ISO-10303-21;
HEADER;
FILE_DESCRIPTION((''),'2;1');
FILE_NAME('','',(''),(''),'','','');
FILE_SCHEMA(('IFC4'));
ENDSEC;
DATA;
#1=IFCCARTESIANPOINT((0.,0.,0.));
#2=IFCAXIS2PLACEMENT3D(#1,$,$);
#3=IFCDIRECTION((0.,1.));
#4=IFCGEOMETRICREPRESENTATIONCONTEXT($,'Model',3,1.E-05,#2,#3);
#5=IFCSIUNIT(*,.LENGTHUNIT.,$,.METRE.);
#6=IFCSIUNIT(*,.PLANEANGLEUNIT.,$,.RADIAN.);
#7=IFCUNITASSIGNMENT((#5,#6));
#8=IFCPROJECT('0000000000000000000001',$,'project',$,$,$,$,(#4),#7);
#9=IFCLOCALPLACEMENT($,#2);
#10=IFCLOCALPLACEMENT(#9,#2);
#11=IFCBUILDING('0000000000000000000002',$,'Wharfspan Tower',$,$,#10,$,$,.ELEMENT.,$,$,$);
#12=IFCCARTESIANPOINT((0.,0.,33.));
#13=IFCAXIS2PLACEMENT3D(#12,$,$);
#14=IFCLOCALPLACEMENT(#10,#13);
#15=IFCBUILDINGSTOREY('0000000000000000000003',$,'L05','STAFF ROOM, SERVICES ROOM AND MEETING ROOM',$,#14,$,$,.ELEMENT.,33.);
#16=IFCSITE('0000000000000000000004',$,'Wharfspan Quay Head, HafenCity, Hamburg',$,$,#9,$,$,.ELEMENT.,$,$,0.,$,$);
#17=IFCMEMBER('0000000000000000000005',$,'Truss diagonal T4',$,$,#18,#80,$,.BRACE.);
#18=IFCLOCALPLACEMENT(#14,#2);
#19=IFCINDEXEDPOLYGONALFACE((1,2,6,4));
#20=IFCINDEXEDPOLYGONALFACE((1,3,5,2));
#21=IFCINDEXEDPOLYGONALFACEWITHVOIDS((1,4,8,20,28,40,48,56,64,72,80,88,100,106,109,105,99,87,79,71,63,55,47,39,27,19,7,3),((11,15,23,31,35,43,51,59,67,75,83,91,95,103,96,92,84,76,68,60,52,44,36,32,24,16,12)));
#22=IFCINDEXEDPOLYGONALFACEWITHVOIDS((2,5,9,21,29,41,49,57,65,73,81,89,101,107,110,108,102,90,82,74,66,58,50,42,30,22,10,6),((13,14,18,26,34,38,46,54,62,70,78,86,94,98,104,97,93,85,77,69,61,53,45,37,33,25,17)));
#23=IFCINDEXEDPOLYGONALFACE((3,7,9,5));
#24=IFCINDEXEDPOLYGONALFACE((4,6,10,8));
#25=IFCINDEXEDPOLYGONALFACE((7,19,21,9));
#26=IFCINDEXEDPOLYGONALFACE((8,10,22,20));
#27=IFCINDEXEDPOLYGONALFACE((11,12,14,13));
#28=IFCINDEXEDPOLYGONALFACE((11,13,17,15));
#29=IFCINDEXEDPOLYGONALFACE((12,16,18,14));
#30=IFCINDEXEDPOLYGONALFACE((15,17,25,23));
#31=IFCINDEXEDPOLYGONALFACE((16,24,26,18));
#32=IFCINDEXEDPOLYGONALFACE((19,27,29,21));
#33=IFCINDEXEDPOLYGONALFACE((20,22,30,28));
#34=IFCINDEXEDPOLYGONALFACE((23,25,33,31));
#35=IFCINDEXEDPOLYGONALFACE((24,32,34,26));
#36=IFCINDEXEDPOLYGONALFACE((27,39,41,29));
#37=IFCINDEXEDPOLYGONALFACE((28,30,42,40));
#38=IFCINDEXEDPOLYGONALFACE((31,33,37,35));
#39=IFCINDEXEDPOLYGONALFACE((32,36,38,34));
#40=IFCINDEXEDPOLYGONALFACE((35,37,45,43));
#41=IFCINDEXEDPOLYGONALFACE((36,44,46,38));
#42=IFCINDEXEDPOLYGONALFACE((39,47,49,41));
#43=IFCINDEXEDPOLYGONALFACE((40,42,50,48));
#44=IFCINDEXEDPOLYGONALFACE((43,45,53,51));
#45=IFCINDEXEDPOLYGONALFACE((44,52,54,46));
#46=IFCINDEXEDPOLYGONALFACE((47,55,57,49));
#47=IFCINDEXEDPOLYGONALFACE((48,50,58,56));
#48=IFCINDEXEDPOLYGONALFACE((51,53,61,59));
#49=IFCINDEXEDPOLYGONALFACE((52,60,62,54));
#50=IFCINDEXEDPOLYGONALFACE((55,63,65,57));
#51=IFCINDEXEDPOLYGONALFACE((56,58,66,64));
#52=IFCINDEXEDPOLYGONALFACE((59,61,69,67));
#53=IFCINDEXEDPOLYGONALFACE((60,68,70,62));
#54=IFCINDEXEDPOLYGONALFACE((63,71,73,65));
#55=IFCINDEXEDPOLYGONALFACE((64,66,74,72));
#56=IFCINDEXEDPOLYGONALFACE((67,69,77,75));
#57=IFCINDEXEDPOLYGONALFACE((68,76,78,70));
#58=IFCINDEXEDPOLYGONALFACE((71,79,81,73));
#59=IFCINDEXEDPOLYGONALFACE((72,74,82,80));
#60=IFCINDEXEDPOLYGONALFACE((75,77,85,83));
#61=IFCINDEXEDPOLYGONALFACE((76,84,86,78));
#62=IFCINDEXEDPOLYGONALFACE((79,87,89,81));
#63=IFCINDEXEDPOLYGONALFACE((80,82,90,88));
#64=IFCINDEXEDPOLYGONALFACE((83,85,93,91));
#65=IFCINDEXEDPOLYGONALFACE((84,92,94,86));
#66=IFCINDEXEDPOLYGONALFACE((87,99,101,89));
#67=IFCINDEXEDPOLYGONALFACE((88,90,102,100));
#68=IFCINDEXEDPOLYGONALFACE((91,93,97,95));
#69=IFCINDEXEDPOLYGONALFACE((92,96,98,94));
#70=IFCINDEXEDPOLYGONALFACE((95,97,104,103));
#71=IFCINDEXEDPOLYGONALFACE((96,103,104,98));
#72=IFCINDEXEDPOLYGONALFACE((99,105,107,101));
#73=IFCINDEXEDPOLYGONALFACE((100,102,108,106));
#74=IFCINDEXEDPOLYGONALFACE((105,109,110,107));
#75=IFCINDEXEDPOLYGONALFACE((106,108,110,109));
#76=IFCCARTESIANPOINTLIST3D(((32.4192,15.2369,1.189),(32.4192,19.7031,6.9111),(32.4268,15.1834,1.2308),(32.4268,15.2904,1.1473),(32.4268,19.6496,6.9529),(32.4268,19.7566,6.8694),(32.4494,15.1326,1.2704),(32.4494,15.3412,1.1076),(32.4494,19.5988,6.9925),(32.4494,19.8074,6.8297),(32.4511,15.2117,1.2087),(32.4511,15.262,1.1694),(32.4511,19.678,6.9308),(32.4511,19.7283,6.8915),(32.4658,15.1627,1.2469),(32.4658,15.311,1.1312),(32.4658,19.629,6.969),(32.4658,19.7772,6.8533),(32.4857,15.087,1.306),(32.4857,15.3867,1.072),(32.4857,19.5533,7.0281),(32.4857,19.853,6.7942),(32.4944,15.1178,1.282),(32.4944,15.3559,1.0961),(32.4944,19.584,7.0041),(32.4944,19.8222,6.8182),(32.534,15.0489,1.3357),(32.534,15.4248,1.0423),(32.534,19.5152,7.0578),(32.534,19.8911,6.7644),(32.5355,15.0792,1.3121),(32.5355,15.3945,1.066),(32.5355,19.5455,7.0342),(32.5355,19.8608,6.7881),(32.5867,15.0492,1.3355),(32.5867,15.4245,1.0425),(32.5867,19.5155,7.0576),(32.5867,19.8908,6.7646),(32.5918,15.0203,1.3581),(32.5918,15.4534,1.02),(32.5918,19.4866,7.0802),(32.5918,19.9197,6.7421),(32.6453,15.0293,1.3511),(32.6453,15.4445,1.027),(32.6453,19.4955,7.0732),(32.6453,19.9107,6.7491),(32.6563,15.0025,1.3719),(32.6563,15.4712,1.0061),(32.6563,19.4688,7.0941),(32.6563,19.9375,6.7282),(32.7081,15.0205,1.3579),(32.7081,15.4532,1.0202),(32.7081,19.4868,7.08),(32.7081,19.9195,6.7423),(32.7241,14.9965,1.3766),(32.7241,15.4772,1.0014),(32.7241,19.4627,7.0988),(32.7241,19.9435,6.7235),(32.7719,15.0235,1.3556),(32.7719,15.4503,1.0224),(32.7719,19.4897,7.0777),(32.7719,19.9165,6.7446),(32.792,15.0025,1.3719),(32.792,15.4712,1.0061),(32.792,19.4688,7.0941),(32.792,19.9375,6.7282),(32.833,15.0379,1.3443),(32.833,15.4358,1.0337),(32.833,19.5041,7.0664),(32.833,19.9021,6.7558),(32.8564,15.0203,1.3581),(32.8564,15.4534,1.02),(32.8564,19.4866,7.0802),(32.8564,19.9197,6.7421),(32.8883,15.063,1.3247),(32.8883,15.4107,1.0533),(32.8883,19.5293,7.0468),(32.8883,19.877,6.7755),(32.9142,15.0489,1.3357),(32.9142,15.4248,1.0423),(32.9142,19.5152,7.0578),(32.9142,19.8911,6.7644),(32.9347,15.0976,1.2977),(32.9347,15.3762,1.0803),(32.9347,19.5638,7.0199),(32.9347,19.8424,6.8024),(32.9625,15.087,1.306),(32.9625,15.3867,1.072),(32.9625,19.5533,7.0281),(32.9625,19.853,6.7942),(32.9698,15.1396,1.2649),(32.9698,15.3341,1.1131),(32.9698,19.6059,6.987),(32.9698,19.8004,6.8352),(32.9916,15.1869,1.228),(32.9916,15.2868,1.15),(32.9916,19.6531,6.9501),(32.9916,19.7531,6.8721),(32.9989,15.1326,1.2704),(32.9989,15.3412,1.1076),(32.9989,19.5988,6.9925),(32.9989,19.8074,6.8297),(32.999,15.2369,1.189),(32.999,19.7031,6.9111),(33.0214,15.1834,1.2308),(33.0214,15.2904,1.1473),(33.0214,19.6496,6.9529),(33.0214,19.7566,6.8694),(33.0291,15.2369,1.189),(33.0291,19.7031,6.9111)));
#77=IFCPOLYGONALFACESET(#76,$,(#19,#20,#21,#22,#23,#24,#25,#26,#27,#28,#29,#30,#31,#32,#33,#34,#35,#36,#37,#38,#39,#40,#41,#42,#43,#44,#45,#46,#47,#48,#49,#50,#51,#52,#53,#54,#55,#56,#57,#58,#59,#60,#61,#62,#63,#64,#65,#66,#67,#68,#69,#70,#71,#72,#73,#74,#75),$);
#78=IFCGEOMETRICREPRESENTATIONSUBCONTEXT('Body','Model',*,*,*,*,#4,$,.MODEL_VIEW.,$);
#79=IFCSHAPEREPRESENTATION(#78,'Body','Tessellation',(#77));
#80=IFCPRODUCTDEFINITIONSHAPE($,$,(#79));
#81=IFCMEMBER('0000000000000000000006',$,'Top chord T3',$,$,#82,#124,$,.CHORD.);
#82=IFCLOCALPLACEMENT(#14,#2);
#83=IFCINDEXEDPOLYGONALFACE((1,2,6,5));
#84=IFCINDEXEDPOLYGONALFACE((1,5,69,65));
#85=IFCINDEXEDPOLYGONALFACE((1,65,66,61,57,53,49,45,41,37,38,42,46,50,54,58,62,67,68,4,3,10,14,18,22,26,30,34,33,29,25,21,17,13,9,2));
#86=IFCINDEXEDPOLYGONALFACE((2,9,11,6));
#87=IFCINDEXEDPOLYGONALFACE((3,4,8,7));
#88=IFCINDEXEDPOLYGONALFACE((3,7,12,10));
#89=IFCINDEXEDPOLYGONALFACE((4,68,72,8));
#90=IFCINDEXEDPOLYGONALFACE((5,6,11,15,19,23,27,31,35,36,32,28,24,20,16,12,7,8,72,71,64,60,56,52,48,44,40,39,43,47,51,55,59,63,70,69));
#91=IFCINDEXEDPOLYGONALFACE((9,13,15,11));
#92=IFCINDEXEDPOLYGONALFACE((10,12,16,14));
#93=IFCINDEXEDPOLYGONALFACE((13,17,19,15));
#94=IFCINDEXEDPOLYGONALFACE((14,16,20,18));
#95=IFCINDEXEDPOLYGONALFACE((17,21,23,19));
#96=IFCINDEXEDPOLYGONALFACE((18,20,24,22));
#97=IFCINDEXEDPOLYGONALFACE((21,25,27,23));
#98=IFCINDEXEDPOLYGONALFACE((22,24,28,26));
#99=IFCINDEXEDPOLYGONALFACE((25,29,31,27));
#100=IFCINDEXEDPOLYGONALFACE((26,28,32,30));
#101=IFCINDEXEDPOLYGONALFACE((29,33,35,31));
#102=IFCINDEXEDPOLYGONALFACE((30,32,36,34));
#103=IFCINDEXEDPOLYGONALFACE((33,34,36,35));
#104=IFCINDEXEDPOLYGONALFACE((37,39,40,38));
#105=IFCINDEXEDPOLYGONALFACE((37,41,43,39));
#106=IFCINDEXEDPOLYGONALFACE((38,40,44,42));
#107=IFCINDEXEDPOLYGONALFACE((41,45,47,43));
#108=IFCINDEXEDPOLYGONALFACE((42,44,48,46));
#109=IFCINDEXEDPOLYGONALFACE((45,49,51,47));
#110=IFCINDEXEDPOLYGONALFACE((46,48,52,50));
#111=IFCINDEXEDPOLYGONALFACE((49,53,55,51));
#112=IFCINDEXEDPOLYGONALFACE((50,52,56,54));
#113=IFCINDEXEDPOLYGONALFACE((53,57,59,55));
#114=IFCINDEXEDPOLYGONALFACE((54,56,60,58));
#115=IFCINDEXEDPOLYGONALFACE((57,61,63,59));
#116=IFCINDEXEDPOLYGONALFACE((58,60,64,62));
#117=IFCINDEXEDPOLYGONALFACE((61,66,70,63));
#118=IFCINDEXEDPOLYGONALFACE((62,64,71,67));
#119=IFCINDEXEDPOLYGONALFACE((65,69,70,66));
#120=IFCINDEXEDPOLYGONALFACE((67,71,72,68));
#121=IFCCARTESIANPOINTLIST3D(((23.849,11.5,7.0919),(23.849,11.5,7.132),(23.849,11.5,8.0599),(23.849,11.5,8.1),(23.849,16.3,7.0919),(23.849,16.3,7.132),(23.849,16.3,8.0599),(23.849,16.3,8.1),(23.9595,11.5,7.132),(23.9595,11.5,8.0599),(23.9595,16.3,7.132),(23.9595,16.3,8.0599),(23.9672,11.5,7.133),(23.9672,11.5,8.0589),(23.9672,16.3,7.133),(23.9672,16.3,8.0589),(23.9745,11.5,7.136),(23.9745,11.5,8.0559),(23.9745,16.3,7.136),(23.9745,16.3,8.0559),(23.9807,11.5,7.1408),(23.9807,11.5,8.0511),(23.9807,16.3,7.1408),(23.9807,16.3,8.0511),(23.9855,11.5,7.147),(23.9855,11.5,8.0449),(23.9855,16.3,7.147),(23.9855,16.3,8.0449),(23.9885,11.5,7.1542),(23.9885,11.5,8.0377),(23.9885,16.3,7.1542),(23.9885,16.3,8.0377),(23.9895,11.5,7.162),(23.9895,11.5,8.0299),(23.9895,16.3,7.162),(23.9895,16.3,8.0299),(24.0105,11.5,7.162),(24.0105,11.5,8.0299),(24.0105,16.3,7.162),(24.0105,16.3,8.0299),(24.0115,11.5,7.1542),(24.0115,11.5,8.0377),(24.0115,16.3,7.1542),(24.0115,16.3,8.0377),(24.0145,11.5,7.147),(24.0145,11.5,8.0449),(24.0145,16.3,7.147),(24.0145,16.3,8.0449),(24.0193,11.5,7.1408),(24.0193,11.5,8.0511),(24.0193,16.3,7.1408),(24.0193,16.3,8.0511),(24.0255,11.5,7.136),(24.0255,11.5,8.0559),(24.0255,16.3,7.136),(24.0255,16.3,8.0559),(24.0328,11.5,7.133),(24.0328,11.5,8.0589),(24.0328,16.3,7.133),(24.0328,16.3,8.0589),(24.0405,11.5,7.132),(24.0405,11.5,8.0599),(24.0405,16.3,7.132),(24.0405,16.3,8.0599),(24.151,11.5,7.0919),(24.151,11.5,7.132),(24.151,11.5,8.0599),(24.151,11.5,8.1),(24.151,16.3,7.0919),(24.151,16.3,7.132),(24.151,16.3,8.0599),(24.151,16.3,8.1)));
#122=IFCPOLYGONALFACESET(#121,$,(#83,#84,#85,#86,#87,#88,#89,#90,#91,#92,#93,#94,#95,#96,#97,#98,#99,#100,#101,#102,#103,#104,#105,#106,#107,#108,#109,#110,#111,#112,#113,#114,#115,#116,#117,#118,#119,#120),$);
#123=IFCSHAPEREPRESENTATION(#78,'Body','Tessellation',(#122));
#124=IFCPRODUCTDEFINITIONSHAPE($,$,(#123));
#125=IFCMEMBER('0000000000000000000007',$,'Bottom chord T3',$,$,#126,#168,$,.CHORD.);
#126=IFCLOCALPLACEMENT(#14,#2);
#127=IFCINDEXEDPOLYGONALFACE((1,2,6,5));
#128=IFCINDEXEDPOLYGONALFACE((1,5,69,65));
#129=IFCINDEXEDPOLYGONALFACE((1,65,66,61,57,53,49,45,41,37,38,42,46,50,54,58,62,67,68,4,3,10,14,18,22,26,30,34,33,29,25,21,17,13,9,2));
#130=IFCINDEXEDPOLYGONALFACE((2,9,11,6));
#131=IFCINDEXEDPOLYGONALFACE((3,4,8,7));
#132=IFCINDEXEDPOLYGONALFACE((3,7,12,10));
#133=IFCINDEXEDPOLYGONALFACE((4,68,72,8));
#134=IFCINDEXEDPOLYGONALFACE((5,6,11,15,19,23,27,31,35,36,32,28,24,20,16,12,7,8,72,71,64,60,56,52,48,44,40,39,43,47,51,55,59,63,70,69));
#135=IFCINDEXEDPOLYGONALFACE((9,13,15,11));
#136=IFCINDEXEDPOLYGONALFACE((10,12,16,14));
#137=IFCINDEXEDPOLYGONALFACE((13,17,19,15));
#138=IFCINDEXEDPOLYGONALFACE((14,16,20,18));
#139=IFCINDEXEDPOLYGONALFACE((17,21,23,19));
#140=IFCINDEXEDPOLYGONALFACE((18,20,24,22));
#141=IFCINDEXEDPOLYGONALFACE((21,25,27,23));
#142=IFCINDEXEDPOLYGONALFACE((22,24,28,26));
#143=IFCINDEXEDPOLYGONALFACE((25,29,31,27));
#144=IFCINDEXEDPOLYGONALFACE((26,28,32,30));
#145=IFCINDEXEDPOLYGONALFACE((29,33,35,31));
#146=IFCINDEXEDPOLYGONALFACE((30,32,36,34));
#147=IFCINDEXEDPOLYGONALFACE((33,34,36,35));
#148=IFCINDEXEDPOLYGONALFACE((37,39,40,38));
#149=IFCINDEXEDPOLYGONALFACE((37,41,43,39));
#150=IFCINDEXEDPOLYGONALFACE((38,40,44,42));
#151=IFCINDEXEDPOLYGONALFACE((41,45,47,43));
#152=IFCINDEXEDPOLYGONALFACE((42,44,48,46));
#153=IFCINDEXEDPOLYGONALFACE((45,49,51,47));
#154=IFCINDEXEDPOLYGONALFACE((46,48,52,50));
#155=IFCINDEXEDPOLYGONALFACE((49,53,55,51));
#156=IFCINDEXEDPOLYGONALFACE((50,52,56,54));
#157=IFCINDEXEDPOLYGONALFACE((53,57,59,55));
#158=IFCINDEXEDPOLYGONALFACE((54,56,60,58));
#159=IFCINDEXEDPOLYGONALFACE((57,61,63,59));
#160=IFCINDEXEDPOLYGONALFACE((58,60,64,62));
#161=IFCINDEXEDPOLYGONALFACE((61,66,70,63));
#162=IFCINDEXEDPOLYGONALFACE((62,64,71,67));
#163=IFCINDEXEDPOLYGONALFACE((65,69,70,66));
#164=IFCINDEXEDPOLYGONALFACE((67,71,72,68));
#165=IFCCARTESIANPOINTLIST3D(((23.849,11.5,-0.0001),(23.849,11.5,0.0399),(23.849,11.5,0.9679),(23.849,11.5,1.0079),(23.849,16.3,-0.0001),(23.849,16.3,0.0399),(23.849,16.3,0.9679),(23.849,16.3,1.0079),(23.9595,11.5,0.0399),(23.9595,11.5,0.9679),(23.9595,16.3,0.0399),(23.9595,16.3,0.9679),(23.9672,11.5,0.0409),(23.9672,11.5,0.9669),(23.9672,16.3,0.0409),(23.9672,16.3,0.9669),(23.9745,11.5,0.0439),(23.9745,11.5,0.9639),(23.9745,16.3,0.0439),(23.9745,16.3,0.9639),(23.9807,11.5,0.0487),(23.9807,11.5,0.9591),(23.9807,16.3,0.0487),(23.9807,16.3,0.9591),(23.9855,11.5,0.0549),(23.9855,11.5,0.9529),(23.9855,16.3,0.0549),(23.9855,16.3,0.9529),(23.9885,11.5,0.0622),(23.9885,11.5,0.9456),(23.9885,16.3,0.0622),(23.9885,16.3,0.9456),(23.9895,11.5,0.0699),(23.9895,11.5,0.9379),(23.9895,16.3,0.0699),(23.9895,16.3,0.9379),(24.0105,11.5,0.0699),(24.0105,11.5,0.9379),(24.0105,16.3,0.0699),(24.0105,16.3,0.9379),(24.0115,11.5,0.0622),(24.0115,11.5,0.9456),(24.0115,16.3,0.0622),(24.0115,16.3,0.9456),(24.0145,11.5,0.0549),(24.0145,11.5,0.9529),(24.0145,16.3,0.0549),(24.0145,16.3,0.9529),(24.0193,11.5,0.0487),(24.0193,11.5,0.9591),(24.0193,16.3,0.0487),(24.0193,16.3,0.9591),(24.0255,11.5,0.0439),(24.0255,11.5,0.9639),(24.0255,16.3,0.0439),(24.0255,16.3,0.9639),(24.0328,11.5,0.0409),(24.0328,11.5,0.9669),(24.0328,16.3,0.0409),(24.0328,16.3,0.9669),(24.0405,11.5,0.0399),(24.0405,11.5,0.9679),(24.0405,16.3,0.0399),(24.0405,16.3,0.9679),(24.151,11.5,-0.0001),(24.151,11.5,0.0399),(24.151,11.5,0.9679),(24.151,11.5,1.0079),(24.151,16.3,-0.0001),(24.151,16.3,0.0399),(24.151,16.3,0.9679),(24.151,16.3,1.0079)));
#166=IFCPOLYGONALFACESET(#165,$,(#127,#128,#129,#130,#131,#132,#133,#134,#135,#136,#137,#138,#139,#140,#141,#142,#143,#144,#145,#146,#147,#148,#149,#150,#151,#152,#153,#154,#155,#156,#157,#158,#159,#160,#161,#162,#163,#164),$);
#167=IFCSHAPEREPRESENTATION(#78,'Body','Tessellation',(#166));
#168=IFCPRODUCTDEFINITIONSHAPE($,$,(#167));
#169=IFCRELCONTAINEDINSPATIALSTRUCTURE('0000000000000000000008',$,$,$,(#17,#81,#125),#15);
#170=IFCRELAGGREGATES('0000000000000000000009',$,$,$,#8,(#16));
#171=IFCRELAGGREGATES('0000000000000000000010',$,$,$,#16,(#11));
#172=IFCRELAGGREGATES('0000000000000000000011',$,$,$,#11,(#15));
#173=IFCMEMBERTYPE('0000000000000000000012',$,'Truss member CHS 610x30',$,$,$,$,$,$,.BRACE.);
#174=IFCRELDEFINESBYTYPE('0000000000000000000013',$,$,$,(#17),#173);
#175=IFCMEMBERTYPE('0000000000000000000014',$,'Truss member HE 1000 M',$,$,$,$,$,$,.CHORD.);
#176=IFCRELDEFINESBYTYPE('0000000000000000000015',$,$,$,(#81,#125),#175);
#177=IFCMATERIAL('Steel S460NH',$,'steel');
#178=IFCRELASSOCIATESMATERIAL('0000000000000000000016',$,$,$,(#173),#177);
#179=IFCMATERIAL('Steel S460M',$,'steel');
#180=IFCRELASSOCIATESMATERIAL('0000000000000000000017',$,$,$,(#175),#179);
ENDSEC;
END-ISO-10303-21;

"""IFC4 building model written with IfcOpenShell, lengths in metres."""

from ifc_helpers import new_model, si_unit, direction, frame, origin, origin_2d, place, context, subcontext, project, spatial, hollow_circle, i_section, extrude, material, material_profile, profile_set, type_object, element, save


model = new_model("IFC4")

# Units and contexts
model_context = context("Model", 3, precision=1e-05, world=origin(), true_north=direction((0.0, 1.0)))
body_context = subcontext(model_context, "Body", "Model", "MODEL_VIEW")
ifc_project = project(units=[si_unit("LENGTHUNIT", "METRE"), si_unit("PLANEANGLEUNIT", "RADIAN")], contexts=[model_context])

# Site, building, storey
site_placement = place(None, origin())
site = spatial("IfcSite", under=ifc_project, at=site_placement, Name="Wharfspan Quay Head, HafenCity, Hamburg", CompositionType="ELEMENT", RefElevation=0.0)
building_placement = place(site_placement, origin())
building = spatial("IfcBuilding", under=site, at=building_placement, Name="Wharfspan Tower", CompositionType="ELEMENT")
storey_placement = place(building_placement, frame((0.0, 0.0, 33.0)))
storey = spatial("IfcBuildingStorey", under=building, at=storey_placement, Name="L05", Description="STAFF ROOM, SERVICES ROOM AND MEETING ROOM", CompositionType="ELEMENT", Elevation=33.0)

# Members
ifc_material_1 = material(Name="Steel S460NH", Category="steel")
ifc_material_profile_1 = material_profile(ifc_material_1, hollow_circle(Radius=0.3049, WallThickness=0.03, at=origin_2d()))
ifc_profile_set_1 = profile_set([ifc_material_profile_1], Name="Steel S460NH")
member_type_1 = type_object("IfcMemberType", Name="Truss member CHS 610x30", PredefinedType="BRACE", material=ifc_profile_set_1)
member_1_placement = place(storey_placement, frame((32.7241, 19.7031, 6.9111), z_axis=(0.0, -0.61529, -0.788301), x_axis=(1.0, 0.0, 0.0)))
element("IfcMember", 1, at=member_1_placement, inside=storey, type_object=member_type_1, Name="Truss diagonal T4", PredefinedType="BRACE", context=body_context, shape_type="SweptSolid", body=[
    extrude(hollow_circle(Radius=0.3049, WallThickness=0.03, at=origin_2d()), origin(), (0.0, 0.0, 1.0), 7.2588),
])
ifc_material_2 = material(Name="Steel S460M", Category="steel")
ifc_material_profile_2 = material_profile(ifc_material_2, i_section(OverallWidth=0.302, OverallDepth=1.0081, WebThickness=0.021, FlangeThickness=0.04, FilletRadius=0.03, at=origin_2d()))
ifc_profile_set_2 = profile_set([ifc_material_profile_2], Name="Steel S460M")
member_type_2 = type_object("IfcMemberType", Name="Truss member HE 1000 M", PredefinedType="CHORD", material=ifc_profile_set_2)
for number, where, z_axis, x_axis, name in (
    (2, (24.0, 11.5, 7.5959), (0.0, 1.0, 0.0), (-1.0, 0.0, 0.0), "Top chord T3"),
    (3, (24.0, 11.5, 0.5039), (0.0, 1.0, 0.0), (-1.0, 0.0, 0.0), "Bottom chord T3"),
):
    element("IfcMember", number, at=place(storey_placement, frame(where, z_axis=z_axis, x_axis=x_axis)), inside=storey, type_object=member_type_2, Name=name, PredefinedType="CHORD", context=body_context, shape_type="SweptSolid", body=[
        extrude(i_section(OverallWidth=0.302, OverallDepth=1.0081, WebThickness=0.021, FlangeThickness=0.04, FilletRadius=0.03, at=origin_2d()), origin(), (0.0, 0.0, 1.0), 4.8),
    ])

save(model, "model.ifc")
